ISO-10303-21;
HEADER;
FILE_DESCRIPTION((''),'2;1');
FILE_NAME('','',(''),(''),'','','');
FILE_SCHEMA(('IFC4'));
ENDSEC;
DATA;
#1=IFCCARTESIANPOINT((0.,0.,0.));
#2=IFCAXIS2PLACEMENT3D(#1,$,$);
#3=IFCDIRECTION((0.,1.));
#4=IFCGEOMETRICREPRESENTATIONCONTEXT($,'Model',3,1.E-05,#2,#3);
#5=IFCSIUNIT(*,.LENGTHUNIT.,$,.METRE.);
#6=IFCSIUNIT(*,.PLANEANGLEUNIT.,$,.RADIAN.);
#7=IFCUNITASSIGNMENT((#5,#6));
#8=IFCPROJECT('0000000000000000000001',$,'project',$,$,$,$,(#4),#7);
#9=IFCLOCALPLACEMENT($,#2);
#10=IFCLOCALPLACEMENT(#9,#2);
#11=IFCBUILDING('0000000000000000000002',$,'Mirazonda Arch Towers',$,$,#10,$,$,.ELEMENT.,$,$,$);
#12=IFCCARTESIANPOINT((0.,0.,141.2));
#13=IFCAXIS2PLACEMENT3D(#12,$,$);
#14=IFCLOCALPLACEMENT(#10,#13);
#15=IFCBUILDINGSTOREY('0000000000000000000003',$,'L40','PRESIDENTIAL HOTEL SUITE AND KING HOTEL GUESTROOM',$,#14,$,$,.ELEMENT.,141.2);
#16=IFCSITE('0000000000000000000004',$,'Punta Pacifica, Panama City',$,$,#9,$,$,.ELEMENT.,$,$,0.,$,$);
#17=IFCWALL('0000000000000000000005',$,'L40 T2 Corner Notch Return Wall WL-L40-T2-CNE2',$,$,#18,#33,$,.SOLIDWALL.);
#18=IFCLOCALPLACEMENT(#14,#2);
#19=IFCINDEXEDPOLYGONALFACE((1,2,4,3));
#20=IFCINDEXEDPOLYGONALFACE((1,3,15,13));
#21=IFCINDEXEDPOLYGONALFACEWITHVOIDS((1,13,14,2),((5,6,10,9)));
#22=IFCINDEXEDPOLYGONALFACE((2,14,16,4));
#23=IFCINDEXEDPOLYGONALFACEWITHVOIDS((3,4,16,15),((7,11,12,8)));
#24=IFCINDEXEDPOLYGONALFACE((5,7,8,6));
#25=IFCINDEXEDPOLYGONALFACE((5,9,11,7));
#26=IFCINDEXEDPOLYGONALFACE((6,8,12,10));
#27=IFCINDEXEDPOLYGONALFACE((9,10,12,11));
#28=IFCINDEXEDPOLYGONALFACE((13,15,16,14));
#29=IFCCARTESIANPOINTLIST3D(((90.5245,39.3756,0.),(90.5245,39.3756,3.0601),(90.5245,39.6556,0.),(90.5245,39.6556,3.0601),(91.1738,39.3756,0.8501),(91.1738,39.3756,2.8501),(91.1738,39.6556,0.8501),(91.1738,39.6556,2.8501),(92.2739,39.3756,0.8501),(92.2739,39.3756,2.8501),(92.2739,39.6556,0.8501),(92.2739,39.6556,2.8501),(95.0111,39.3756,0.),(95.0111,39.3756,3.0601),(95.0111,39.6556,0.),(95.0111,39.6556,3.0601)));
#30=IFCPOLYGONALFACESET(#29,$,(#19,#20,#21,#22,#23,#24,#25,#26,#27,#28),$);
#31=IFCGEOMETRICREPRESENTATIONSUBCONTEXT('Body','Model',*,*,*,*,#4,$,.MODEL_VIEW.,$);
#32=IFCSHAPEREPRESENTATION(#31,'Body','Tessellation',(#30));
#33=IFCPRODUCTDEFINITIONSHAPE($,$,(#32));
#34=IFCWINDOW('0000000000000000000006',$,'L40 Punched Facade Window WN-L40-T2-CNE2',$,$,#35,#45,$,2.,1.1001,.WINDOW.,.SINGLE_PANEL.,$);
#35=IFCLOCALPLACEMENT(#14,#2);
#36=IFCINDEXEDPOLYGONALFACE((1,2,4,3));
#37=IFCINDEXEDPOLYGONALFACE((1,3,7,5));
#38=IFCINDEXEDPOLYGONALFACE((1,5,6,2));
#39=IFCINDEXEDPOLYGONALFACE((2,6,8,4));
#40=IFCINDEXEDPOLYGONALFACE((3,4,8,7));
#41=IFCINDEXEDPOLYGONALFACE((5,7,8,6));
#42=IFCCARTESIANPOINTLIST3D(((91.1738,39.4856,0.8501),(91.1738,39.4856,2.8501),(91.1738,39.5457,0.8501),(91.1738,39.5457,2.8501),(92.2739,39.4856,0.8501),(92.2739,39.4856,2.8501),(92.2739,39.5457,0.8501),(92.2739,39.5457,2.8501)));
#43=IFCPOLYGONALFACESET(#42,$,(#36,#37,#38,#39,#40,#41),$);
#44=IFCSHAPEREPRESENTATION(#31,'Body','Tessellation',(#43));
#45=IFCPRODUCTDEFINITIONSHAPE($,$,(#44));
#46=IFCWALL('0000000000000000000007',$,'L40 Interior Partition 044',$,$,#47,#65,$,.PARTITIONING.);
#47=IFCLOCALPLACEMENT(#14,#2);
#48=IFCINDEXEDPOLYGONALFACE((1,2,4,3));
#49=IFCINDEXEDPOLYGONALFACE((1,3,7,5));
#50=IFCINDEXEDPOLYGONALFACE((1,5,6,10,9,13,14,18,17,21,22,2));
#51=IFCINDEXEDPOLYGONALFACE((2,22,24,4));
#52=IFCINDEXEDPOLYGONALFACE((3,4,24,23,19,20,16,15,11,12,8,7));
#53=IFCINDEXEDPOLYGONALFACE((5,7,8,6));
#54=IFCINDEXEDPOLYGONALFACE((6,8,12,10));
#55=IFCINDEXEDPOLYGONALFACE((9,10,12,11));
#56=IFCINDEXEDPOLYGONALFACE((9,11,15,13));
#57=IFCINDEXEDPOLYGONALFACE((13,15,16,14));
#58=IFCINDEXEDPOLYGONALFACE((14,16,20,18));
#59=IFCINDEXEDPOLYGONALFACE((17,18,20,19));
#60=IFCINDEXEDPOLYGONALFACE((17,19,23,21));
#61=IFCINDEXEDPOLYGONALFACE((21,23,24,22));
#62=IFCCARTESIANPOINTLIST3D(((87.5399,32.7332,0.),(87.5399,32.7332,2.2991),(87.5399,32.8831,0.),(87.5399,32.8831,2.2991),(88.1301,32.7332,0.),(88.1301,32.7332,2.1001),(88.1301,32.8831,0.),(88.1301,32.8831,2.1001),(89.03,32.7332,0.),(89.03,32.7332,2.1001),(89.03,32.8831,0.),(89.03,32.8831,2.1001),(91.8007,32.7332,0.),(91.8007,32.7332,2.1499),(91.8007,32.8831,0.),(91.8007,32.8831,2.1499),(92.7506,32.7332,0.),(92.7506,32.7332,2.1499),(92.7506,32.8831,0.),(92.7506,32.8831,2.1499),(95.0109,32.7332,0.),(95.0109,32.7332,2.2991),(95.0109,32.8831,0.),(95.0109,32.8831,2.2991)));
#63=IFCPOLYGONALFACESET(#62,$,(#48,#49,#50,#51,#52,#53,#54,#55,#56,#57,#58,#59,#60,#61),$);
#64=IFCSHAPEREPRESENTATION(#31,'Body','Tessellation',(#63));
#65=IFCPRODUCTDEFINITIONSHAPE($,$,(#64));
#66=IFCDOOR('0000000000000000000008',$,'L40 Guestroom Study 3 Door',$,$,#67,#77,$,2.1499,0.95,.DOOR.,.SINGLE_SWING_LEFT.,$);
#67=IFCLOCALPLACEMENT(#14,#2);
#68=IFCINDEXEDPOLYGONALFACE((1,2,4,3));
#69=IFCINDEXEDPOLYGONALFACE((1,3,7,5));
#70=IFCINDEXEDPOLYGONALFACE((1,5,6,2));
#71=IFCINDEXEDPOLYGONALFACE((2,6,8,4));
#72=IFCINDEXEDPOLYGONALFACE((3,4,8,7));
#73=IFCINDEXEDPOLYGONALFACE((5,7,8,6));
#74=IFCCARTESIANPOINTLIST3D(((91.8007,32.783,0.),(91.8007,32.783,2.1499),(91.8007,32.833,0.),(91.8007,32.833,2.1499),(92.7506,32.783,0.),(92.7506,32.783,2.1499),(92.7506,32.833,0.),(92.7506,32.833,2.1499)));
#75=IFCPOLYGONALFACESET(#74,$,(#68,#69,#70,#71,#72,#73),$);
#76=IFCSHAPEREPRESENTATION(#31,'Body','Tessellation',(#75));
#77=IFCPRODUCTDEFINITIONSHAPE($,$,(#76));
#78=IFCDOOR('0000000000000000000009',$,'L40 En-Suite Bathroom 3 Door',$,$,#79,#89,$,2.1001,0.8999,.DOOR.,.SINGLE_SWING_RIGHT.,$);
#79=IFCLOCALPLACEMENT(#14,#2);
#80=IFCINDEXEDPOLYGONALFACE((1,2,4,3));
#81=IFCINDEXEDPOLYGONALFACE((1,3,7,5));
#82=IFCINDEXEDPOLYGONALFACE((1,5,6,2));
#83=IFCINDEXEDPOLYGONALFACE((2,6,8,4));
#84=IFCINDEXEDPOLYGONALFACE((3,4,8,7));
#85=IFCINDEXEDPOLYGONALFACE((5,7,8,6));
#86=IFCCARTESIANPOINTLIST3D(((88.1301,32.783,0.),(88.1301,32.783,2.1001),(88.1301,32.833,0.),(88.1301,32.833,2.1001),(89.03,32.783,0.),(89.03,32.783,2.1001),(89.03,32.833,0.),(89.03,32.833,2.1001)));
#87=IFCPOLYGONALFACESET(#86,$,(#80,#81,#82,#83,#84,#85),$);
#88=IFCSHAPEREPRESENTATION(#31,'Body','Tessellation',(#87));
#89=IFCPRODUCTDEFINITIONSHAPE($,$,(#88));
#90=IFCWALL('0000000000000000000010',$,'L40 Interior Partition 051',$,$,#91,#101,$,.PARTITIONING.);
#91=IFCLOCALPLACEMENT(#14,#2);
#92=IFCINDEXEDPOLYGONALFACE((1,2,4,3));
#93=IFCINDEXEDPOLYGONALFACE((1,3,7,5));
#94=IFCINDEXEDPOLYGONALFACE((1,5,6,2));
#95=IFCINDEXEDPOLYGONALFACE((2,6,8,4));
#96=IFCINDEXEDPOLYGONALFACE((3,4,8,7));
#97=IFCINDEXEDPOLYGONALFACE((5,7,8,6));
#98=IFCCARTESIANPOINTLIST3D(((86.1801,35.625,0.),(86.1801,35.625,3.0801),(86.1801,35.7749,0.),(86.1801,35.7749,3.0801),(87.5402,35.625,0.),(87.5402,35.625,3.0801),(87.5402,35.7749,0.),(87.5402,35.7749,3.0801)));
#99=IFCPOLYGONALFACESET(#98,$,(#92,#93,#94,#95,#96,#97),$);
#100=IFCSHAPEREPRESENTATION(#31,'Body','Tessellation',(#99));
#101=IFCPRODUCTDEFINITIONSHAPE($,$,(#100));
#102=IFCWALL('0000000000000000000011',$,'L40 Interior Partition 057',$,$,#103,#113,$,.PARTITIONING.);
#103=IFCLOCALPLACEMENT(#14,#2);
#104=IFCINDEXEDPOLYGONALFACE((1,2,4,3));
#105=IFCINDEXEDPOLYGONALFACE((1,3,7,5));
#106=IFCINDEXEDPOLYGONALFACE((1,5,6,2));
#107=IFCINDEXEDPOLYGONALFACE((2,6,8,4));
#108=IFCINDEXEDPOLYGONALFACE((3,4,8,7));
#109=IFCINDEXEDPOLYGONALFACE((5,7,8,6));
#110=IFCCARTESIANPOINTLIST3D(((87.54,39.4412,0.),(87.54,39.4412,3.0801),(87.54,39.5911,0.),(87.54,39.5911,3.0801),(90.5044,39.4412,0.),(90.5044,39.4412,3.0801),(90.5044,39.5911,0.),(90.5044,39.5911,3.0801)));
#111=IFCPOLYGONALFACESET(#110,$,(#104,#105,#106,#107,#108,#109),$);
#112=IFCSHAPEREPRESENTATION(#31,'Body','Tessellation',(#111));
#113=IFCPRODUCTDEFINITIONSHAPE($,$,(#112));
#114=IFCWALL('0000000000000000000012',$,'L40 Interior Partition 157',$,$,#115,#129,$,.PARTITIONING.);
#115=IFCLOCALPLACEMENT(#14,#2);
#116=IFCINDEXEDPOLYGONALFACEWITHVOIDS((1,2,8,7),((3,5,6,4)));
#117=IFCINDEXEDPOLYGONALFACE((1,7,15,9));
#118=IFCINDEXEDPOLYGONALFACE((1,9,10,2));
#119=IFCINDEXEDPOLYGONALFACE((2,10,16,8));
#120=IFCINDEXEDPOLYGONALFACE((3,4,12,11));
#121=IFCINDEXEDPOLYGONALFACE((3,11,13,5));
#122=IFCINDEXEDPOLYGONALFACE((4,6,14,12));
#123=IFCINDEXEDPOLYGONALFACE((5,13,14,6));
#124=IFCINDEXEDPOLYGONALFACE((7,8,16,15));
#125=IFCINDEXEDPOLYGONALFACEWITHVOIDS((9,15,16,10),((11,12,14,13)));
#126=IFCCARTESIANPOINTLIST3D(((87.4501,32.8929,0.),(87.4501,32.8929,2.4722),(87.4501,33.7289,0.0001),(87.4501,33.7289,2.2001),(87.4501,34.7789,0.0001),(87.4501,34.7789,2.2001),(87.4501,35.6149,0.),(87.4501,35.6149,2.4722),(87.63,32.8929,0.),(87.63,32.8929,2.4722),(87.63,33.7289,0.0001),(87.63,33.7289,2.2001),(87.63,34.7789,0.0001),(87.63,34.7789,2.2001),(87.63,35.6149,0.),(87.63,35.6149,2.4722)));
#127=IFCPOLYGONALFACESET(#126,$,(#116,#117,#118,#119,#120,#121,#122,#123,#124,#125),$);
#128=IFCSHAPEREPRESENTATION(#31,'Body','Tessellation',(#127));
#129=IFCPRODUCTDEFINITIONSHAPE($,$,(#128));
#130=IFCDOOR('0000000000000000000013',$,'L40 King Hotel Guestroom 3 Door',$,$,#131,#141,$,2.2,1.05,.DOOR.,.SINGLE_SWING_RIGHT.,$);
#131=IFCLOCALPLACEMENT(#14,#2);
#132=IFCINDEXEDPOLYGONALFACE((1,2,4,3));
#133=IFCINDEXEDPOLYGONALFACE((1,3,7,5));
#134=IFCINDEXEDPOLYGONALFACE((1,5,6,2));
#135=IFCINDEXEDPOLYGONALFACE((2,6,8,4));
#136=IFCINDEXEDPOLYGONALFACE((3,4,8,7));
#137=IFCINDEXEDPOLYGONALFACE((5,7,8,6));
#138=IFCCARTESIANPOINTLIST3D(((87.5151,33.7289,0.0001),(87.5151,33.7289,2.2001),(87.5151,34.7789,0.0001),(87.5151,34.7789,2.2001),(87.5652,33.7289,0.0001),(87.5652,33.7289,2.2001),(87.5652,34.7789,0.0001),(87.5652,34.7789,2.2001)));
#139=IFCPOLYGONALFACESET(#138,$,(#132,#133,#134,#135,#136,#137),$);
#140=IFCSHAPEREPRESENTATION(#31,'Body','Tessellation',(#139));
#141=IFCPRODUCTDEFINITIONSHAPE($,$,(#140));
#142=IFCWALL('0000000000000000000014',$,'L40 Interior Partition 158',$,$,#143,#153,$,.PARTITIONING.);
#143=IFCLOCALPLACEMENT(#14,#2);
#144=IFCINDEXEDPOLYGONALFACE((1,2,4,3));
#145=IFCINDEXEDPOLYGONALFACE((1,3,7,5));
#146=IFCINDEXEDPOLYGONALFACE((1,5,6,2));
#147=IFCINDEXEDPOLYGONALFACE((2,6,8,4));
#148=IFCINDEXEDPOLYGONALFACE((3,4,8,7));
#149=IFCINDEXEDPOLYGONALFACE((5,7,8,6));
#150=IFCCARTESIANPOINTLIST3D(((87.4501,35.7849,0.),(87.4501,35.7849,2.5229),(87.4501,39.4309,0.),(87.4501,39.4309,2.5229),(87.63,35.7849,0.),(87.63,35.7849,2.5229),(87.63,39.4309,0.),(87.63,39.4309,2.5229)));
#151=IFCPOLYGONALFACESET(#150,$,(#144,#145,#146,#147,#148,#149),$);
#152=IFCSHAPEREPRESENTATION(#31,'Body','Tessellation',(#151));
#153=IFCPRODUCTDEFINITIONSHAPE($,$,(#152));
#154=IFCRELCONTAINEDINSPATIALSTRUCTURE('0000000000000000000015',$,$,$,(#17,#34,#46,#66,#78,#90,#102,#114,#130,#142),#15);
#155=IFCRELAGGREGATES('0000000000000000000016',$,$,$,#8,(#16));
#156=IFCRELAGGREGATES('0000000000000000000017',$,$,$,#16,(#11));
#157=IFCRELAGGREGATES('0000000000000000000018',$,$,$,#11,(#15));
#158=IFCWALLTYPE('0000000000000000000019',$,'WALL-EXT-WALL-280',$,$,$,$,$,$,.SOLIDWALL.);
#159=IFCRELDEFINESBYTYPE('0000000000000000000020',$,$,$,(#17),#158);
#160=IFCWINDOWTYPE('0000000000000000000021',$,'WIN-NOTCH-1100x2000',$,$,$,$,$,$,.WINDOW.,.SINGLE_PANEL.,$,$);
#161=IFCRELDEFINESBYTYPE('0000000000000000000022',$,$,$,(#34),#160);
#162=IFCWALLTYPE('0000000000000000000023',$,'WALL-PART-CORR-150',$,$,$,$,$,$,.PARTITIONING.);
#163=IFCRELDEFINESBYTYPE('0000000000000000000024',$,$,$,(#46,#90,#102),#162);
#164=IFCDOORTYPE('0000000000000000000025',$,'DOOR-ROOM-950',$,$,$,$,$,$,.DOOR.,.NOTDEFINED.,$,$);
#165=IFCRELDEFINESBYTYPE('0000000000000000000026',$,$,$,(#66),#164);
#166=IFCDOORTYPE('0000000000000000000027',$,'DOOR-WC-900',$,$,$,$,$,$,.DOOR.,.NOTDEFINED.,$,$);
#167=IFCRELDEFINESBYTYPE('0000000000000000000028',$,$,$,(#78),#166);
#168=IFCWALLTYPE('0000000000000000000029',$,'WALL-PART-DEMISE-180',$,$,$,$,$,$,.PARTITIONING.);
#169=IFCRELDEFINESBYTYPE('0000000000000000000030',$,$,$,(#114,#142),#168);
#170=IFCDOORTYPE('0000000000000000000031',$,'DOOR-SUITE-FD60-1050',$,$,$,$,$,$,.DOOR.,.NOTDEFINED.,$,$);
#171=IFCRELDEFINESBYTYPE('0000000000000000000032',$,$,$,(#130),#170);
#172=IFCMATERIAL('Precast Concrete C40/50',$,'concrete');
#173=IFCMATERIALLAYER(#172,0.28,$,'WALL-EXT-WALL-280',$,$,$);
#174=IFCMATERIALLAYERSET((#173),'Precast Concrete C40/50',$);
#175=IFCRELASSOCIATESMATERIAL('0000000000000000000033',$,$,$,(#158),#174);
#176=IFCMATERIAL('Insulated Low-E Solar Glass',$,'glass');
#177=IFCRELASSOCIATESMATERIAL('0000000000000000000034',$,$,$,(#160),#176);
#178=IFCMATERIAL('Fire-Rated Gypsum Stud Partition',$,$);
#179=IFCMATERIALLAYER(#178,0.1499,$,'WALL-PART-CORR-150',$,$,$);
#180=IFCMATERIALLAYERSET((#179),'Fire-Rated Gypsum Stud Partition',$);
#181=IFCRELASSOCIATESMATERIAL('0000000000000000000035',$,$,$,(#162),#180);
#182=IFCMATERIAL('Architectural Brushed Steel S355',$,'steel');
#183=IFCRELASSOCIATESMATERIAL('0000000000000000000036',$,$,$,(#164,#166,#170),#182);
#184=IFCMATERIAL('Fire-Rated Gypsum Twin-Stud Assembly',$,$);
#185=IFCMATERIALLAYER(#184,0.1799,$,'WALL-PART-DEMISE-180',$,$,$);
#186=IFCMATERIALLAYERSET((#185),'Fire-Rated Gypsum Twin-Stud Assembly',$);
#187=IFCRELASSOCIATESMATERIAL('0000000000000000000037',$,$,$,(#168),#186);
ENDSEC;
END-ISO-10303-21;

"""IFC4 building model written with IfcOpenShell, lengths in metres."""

from ifc_helpers import new_model, si_unit, direction, frame, frame_2d, origin, place, context, subcontext, project, spatial, rectangle, extrude, material, layer, layer_set, type_object, element, fill, save


model = new_model("IFC4")

# Units and contexts
model_context = context("Model", 3, precision=1e-05, world=origin(), true_north=direction((0.0, 1.0)))
body_context = subcontext(model_context, "Body", "Model", "MODEL_VIEW")
ifc_project = project(units=[si_unit("LENGTHUNIT", "METRE"), si_unit("PLANEANGLEUNIT", "RADIAN")], contexts=[model_context])

# Site, building, storey
site_placement = place(None, origin())
site = spatial("IfcSite", under=ifc_project, at=site_placement, Name="Punta Pacifica, Panama City", CompositionType="ELEMENT", RefElevation=0.0)
building_placement = place(site_placement, origin())
building = spatial("IfcBuilding", under=site, at=building_placement, Name="Mirazonda Arch Towers", CompositionType="ELEMENT")
storey_placement = place(building_placement, frame((0.0, 0.0, 141.2)))
storey = spatial("IfcBuildingStorey", under=building, at=storey_placement, Name="L40", Description="PRESIDENTIAL HOTEL SUITE AND KING HOTEL GUESTROOM", CompositionType="ELEMENT", Elevation=141.2)

# Shared definitions
ifc_material_1 = material(Name="Insulated Low-E Solar Glass", Category="glass")

# Wall, opening, window
ifc_material_2 = material(Name="Precast Concrete C40/50", Category="concrete")
ifc_layer_1 = layer(ifc_material_2, 0.28, Name="WALL-EXT-WALL-280")
ifc_layer_set_1 = layer_set([ifc_layer_1], Name="Precast Concrete C40/50")
wall_type_1 = type_object("IfcWallType", Name="WALL-EXT-WALL-280", PredefinedType="SOLIDWALL", material=ifc_layer_set_1)
window_type = type_object("IfcWindowType", Name="WIN-NOTCH-1100x2000", PartitioningType="SINGLE_PANEL", PredefinedType="WINDOW", material=ifc_material_1)
wall_1_placement = place(storey_placement, frame((95.011, 39.5156, 0.0), z_axis=(0.0, 0.0, 1.0), x_axis=(-1.0, 0.0, 0.0)))
wall_1 = element("IfcWall", 1, at=wall_1_placement, inside=storey, type_object=wall_type_1, Name="L40 T2 Corner Notch Return Wall WL-L40-T2-CNE2", PredefinedType="SOLIDWALL", context=body_context, shape_type="SweptSolid", body=[
    extrude(rectangle(XDim=4.4866, YDim=0.28, at=frame_2d((2.2432, 0.0))), origin(), (0.0, 0.0, 1.0), 3.0601),
])
opening_1_placement = place(wall_1_placement, frame((2.7371, 0.0, 0.8501)))
opening_1 = element("IfcOpeningElement", 2, at=opening_1_placement, cuts=wall_1, PredefinedType="OPENING", context=body_context, shape_type="SweptSolid", body=[
    extrude(rectangle(XDim=1.1001, YDim=2.0, at=frame_2d((0.55, 1.0))), frame((0.0, 0.1499, 0.0), z_axis=(0.0, -1.0, 0.0), x_axis=(1.0, 0.0, 0.0)), (0.0, 0.0, 1.0), 0.3),
])
window_1_placement = place(opening_1_placement, origin())
window_1 = element("IfcWindow", 3, at=window_1_placement, inside=storey, type_object=window_type, Name="L40 Punched Facade Window WN-L40-T2-CNE2", OverallHeight=2.0, OverallWidth=1.1001, PartitioningType="SINGLE_PANEL", PredefinedType="WINDOW", context=body_context, shape_type="SweptSolid", body=[
    extrude(rectangle(XDim=1.1001, YDim=2.0, at=frame_2d((0.55, 1.0))), frame((0.0, 0.03, 0.0), z_axis=(0.0, -1.0, 0.0), x_axis=(1.0, 0.0, 0.0)), (0.0, 0.0, 1.0), 0.0601),
])
fill(opening_1, window_1)

# Wall, openings, doors
ifc_material_3 = material(Name="Fire-Rated Gypsum Stud Partition")
ifc_layer_2 = layer(ifc_material_3, 0.1499, Name="WALL-PART-CORR-150")
ifc_layer_set_2 = layer_set([ifc_layer_2], Name="Fire-Rated Gypsum Stud Partition")
wall_type_2 = type_object("IfcWallType", Name="WALL-PART-CORR-150", PredefinedType="PARTITIONING", material=ifc_layer_set_2)
wall_2_placement = place(storey_placement, frame((87.54, 32.8081, 0.0), z_axis=(0.0, 0.0, 1.0), x_axis=(1.0, 0.0, 0.0)))
wall_2 = element("IfcWall", 4, at=wall_2_placement, inside=storey, type_object=wall_type_2, Name="L40 Interior Partition 044", PredefinedType="PARTITIONING", context=body_context, shape_type="SweptSolid", body=[
    extrude(rectangle(XDim=7.4709, YDim=0.1499, at=frame_2d((3.7354, 0.0))), origin(), (0.0, 0.0, 1.0), 2.2991),
])
opening_2_placement = place(wall_2_placement, frame((4.2605, 0.0, 0.0)))
opening_2 = element("IfcOpeningElement", 5, at=opening_2_placement, cuts=wall_2, PredefinedType="OPENING", context=body_context, shape_type="SweptSolid", body=[
    extrude(rectangle(XDim=0.95, YDim=2.1499, at=frame_2d((0.4751, 1.075))), frame((0.0, 0.085, 0.0), z_axis=(0.0, -1.0, 0.0), x_axis=(1.0, 0.0, 0.0)), (0.0, 0.0, 1.0), 0.1699),
])
opening_3_placement = place(wall_2_placement, frame((0.5901, 0.0, 0.0)))
opening_3 = element("IfcOpeningElement", 6, at=opening_3_placement, cuts=wall_2, PredefinedType="OPENING", context=body_context, shape_type="SweptSolid", body=[
    extrude(rectangle(XDim=0.8999, YDim=2.1001, at=frame_2d((0.45, 1.05))), frame((0.0, 0.085, 0.0), z_axis=(0.0, -1.0, 0.0), x_axis=(1.0, 0.0, 0.0)), (0.0, 0.0, 1.0), 0.1699),
])
ifc_material_4 = material(Name="Architectural Brushed Steel S355", Category="steel")
door_type_1 = type_object("IfcDoorType", Name="DOOR-ROOM-950", OperationType="NOTDEFINED", PredefinedType="DOOR", material=ifc_material_4)
door_1_placement = place(opening_2_placement, origin())
door_1 = element("IfcDoor", 7, at=door_1_placement, inside=storey, type_object=door_type_1, Name="L40 Guestroom Study 3 Door", OperationType="SINGLE_SWING_LEFT", OverallHeight=2.1499, OverallWidth=0.95, PredefinedType="DOOR", context=body_context, shape_type="SweptSolid", body=[
    extrude(rectangle(XDim=0.95, YDim=2.1499, at=frame_2d((0.4751, 1.075))), frame((0.0, 0.0249, 0.0), z_axis=(0.0, -1.0, 0.0), x_axis=(1.0, 0.0, 0.0)), (0.0, 0.0, 1.0), 0.05),
])
fill(opening_2, door_1)
door_type_2 = type_object("IfcDoorType", Name="DOOR-WC-900", OperationType="NOTDEFINED", PredefinedType="DOOR", material=ifc_material_4)
door_2_placement = place(opening_3_placement, origin())
door_2 = element("IfcDoor", 8, at=door_2_placement, inside=storey, type_object=door_type_2, Name="L40 En-Suite Bathroom 3 Door", OperationType="SINGLE_SWING_RIGHT", OverallHeight=2.1001, OverallWidth=0.8999, PredefinedType="DOOR", context=body_context, shape_type="SweptSolid", body=[
    extrude(rectangle(XDim=0.8999, YDim=2.1001, at=frame_2d((0.45, 1.05))), frame((0.0, 0.0249, 0.0), z_axis=(0.0, -1.0, 0.0), x_axis=(1.0, 0.0, 0.0)), (0.0, 0.0, 1.0), 0.05),
])
fill(opening_3, door_2)

# Walls
wall_3_placement = place(storey_placement, frame((86.1799, 35.7, 0.0), z_axis=(0.0, 0.0, 1.0), x_axis=(1.0, 0.0, 0.0)))
element("IfcWall", 9, at=wall_3_placement, inside=storey, type_object=wall_type_2, Name="L40 Interior Partition 051", PredefinedType="PARTITIONING", context=body_context, shape_type="SweptSolid", body=[
    extrude(rectangle(XDim=1.3601, YDim=0.1499, at=frame_2d((0.6802, 0.0))), origin(), (0.0, 0.0, 1.0), 3.0801),
])
wall_4_placement = place(storey_placement, frame((87.54, 39.5161, 0.0), z_axis=(0.0, 0.0, 1.0), x_axis=(1.0, 0.0, 0.0)))
element("IfcWall", 10, at=wall_4_placement, inside=storey, type_object=wall_type_2, Name="L40 Interior Partition 057", PredefinedType="PARTITIONING", context=body_context, shape_type="SweptSolid", body=[
    extrude(rectangle(XDim=2.9644, YDim=0.1499, at=frame_2d((1.4822, 0.0))), origin(), (0.0, 0.0, 1.0), 3.0801),
])

# Wall, opening, door
ifc_material_5 = material(Name="Fire-Rated Gypsum Twin-Stud Assembly")
ifc_layer_3 = layer(ifc_material_5, 0.1799, Name="WALL-PART-DEMISE-180")
ifc_layer_set_3 = layer_set([ifc_layer_3], Name="Fire-Rated Gypsum Twin-Stud Assembly")
wall_type_3 = type_object("IfcWallType", Name="WALL-PART-DEMISE-180", PredefinedType="PARTITIONING", material=ifc_layer_set_3)
wall_5_placement = place(storey_placement, frame((87.54, 32.8931, 0.0), z_axis=(0.0, 0.0, 1.0), x_axis=(0.0, 1.0, 0.0)))
wall_5 = element("IfcWall", 11, at=wall_5_placement, inside=storey, type_object=wall_type_3, Name="L40 Interior Partition 157", PredefinedType="PARTITIONING", context=body_context, shape_type="SweptSolid", body=[
    extrude(rectangle(XDim=2.7219, YDim=0.1799, at=frame_2d((1.3608, 0.0))), origin(), (0.0, 0.0, 1.0), 2.4722),
])
opening_4_placement = place(wall_5_placement, frame((0.8359, 0.0, 0.0)))
opening_4 = element("IfcOpeningElement", 12, at=opening_4_placement, cuts=wall_5, PredefinedType="OPENING", context=body_context, shape_type="SweptSolid", body=[
    extrude(rectangle(XDim=1.05, YDim=2.2, at=frame_2d((0.5249, 1.1001))), frame((0.0, 0.0999, 0.0), z_axis=(0.0, -1.0, 0.0), x_axis=(1.0, 0.0, 0.0)), (0.0, 0.0, 1.0), 0.2),
])
door_type_3 = type_object("IfcDoorType", Name="DOOR-SUITE-FD60-1050", OperationType="NOTDEFINED", PredefinedType="DOOR", material=ifc_material_4)
door_3_placement = place(opening_4_placement, origin())
door_3 = element("IfcDoor", 13, at=door_3_placement, inside=storey, type_object=door_type_3, Name="L40 King Hotel Guestroom 3 Door", OperationType="SINGLE_SWING_RIGHT", OverallHeight=2.2, OverallWidth=1.05, PredefinedType="DOOR", context=body_context, shape_type="SweptSolid", body=[
    extrude(rectangle(XDim=1.05, YDim=2.2, at=frame_2d((0.5249, 1.1001))), frame((0.0, 0.0249, 0.0), z_axis=(0.0, -1.0, 0.0), x_axis=(1.0, 0.0, 0.0)), (0.0, 0.0, 1.0), 0.05),
])
fill(opening_4, door_3)

# Wall
wall_6_placement = place(storey_placement, frame((87.54, 35.7849, 0.0), z_axis=(0.0, 0.0, 1.0), x_axis=(0.0, 1.0, 0.0)))
element("IfcWall", 14, at=wall_6_placement, inside=storey, type_object=wall_type_3, Name="L40 Interior Partition 158", PredefinedType="PARTITIONING", context=body_context, shape_type="SweptSolid", body=[
    extrude(rectangle(XDim=3.646, YDim=0.1799, at=frame_2d((1.823, 0.0))), origin(), (0.0, 0.0, 1.0), 2.5229),
])

save(model, "model.ifc")
